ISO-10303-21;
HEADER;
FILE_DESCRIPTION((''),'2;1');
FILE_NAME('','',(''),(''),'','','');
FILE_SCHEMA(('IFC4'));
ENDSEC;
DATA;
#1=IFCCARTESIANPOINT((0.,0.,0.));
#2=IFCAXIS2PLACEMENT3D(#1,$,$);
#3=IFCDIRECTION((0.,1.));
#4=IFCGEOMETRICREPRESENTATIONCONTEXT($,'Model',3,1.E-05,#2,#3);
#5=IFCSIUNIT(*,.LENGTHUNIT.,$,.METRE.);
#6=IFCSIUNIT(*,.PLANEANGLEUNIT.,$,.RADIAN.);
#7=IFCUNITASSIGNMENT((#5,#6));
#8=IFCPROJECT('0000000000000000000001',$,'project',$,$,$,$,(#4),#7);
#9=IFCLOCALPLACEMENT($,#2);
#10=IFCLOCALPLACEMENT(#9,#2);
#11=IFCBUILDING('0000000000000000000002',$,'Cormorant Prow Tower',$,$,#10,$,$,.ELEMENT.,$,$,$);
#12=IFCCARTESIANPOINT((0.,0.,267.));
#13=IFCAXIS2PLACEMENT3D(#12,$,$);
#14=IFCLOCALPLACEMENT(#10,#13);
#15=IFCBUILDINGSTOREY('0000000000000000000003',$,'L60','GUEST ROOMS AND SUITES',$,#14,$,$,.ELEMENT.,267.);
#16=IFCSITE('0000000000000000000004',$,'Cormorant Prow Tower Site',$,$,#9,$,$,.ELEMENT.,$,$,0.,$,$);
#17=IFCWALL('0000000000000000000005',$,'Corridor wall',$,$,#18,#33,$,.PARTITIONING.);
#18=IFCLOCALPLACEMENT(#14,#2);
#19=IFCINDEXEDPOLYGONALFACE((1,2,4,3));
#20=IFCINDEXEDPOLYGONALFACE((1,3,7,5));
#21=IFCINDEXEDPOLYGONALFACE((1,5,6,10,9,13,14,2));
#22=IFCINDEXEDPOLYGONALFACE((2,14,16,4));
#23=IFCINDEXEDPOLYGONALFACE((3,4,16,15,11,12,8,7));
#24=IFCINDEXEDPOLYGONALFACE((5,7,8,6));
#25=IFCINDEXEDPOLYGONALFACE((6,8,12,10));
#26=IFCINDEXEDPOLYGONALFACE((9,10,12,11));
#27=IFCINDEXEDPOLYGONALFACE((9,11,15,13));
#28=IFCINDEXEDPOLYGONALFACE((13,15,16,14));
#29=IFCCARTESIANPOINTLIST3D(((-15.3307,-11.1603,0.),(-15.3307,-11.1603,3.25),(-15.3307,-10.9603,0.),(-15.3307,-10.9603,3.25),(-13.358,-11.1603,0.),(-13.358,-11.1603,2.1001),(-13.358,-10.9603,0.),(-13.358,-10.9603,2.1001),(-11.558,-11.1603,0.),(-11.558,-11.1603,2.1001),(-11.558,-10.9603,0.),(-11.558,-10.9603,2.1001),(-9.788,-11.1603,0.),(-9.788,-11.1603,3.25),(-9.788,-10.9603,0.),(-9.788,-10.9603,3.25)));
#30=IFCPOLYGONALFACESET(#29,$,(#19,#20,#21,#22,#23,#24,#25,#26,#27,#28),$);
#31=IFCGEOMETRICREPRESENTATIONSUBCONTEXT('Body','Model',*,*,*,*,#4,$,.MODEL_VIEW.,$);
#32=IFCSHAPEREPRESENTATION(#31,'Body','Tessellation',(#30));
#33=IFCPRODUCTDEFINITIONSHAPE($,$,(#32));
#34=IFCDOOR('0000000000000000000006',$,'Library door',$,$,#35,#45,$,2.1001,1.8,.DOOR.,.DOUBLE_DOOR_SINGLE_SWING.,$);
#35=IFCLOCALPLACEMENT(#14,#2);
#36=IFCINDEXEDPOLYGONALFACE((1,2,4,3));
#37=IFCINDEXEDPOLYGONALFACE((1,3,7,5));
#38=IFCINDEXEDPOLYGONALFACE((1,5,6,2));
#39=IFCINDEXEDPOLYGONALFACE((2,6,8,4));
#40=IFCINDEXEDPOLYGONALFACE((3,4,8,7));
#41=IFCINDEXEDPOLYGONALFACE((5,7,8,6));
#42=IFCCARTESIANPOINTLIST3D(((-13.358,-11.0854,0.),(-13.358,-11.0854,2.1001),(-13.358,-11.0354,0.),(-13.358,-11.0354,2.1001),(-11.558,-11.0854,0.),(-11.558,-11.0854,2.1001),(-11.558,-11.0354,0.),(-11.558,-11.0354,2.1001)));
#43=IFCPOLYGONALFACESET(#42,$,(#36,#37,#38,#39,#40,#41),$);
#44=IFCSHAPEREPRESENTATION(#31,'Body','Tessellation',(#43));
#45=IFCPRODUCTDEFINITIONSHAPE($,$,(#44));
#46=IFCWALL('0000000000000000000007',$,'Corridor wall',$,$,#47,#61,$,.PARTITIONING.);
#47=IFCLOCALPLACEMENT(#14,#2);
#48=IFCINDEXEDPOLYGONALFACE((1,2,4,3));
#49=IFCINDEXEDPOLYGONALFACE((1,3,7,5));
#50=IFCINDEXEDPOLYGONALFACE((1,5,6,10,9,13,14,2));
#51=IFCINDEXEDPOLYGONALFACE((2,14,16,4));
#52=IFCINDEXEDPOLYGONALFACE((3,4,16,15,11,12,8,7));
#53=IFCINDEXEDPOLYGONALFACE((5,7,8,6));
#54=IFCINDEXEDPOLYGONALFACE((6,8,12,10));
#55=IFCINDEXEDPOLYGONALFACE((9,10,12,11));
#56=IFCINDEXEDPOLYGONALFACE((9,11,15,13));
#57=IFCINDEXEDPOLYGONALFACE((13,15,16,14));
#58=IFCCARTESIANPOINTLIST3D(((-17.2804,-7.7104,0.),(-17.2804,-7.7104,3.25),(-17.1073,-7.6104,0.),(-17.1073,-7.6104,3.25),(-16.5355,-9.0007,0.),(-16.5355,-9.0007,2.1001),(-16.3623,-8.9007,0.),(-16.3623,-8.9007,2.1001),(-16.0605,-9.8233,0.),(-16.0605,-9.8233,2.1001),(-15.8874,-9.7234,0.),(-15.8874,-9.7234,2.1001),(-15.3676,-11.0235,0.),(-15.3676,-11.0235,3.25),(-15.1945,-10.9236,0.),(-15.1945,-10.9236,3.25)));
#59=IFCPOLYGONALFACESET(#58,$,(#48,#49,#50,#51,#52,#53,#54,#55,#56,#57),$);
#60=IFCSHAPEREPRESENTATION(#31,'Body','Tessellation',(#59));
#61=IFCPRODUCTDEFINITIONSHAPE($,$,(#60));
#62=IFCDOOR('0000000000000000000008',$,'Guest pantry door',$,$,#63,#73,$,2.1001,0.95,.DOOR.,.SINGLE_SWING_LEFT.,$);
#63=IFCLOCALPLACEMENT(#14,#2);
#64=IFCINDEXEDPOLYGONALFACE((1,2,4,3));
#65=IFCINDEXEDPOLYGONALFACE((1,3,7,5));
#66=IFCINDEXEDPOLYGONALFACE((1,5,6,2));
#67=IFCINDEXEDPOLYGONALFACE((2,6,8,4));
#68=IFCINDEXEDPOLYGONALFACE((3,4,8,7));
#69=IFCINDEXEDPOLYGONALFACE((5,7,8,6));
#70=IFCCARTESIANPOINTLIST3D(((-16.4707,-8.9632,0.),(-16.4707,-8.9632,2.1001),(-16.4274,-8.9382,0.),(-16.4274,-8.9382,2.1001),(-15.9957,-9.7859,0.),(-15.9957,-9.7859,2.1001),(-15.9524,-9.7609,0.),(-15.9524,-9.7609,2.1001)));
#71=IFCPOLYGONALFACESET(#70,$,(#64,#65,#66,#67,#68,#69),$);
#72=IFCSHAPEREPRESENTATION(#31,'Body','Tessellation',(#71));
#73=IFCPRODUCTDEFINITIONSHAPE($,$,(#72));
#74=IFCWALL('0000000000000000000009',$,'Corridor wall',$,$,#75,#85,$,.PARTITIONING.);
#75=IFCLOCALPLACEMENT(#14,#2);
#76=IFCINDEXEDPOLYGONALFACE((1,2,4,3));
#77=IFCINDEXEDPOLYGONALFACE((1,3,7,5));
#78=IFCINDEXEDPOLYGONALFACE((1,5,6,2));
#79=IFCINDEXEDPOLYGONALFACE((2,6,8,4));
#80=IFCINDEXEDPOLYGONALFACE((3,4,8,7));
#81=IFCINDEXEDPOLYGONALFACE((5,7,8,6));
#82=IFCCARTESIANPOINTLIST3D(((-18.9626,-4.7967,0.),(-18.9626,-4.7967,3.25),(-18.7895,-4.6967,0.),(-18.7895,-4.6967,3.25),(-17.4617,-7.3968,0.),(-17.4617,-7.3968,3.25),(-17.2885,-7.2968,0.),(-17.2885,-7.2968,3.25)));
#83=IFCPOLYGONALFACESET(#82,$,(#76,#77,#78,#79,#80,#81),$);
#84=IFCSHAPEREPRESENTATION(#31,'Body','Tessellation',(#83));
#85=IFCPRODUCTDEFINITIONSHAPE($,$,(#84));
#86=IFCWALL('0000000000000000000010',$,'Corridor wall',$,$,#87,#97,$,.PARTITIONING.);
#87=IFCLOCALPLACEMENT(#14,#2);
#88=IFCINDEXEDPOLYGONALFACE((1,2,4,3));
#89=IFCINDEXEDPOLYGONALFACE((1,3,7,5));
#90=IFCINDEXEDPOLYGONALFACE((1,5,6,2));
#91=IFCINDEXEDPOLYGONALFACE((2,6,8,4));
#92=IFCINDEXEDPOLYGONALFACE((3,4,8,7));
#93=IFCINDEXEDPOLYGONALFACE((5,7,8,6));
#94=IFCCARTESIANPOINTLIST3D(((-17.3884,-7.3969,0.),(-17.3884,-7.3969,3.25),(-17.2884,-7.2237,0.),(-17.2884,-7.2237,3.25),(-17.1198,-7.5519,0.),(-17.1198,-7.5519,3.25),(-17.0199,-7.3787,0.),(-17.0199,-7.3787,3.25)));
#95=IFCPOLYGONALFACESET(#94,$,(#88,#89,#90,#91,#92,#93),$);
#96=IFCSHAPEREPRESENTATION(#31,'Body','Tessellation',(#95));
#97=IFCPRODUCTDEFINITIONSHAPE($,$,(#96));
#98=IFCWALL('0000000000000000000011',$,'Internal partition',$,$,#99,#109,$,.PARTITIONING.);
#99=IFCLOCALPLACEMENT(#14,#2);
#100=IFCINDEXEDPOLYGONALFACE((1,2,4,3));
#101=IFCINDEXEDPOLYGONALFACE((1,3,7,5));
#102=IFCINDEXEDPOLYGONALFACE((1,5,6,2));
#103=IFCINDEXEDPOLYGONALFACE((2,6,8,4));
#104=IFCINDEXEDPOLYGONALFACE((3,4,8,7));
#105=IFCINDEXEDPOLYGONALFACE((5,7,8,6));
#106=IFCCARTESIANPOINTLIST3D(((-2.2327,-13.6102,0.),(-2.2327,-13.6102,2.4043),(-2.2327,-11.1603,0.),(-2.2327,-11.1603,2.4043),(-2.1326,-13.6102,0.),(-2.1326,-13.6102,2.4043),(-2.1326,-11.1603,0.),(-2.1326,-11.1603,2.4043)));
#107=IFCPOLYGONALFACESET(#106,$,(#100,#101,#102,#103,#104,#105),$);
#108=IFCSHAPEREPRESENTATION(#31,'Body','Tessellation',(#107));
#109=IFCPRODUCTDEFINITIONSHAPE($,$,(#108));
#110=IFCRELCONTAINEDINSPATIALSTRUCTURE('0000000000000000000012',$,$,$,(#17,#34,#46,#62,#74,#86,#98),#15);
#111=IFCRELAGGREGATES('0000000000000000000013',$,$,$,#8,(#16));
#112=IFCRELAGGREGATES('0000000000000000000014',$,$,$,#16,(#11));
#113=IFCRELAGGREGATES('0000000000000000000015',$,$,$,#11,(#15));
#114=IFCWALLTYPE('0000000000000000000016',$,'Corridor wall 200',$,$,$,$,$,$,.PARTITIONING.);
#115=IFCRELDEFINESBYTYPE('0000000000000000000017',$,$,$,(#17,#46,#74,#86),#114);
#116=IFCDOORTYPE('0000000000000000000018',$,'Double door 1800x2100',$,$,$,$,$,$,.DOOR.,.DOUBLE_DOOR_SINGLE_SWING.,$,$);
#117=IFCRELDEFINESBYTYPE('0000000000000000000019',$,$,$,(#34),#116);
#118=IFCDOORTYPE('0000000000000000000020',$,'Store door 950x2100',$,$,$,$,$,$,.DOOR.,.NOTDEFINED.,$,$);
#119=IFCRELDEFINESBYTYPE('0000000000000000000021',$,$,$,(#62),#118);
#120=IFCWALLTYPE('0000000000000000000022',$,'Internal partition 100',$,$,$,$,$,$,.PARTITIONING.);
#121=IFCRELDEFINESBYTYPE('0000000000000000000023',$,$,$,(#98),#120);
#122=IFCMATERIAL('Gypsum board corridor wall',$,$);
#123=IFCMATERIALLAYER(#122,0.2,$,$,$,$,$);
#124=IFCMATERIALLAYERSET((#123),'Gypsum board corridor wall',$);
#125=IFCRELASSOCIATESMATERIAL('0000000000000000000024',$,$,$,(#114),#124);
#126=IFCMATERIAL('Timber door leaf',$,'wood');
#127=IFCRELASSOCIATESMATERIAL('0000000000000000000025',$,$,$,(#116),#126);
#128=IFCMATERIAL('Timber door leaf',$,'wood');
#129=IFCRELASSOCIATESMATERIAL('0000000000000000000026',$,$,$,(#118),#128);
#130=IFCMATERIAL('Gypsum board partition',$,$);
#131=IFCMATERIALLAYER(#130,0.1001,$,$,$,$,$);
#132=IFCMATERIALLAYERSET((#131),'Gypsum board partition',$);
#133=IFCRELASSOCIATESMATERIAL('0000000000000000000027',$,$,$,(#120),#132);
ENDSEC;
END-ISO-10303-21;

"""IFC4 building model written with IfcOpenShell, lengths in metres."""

from ifc_helpers import new_model, si_unit, direction, frame, frame_2d, origin, place, context, subcontext, project, spatial, rectangle, extrude, material, layer, layer_set, type_object, element, fill, save


model = new_model("IFC4")

# Units and contexts
model_context = context("Model", 3, precision=1e-05, world=origin(), true_north=direction((0.0, 1.0)))
body_context = subcontext(model_context, "Body", "Model", "MODEL_VIEW")
ifc_project = project(units=[si_unit("LENGTHUNIT", "METRE"), si_unit("PLANEANGLEUNIT", "RADIAN")], contexts=[model_context])

# Site, building, storey
site_placement = place(None, origin())
site = spatial("IfcSite", under=ifc_project, at=site_placement, Name="Cormorant Prow Tower Site", CompositionType="ELEMENT", RefElevation=0.0)
building_placement = place(site_placement, origin())
building = spatial("IfcBuilding", under=site, at=building_placement, Name="Cormorant Prow Tower", CompositionType="ELEMENT")
storey_placement = place(building_placement, frame((0.0, 0.0, 267.0)))
storey = spatial("IfcBuildingStorey", under=building, at=storey_placement, Name="L60", Description="GUEST ROOMS AND SUITES", CompositionType="ELEMENT", Elevation=267.0)

# Shared definitions
ifc_material_1 = material(Name="Gypsum board corridor wall")
ifc_layer_1 = layer(ifc_material_1, 0.2)
ifc_layer_set_1 = layer_set([ifc_layer_1], Name="Gypsum board corridor wall")
wall_type_1 = type_object("IfcWallType", Name="Corridor wall 200", PredefinedType="PARTITIONING", material=ifc_layer_set_1)

# Walls, openings, doors
wall_1_placement = place(storey_placement, frame((-15.3308, -11.0603, 0.0), z_axis=(0.0, 0.0, 1.0), x_axis=(1.0, 0.0, 0.0)))
wall_1 = element("IfcWall", 1, at=wall_1_placement, inside=storey, type_object=wall_type_1, Name="Corridor wall", PredefinedType="PARTITIONING", context=body_context, shape_type="SweptSolid", body=[
    extrude(rectangle(XDim=5.5427, YDim=0.2, at=frame_2d((2.7715, 0.0))), origin(), (0.0, 0.0, 1.0), 3.25),
])
opening_1_placement = place(wall_1_placement, frame((1.9729, 0.0, 0.0)))
opening_1 = element("IfcOpeningElement", 2, at=opening_1_placement, cuts=wall_1, PredefinedType="OPENING", context=body_context, shape_type="SweptSolid", body=[
    extrude(rectangle(XDim=1.8, YDim=2.1001, at=frame_2d((0.8999, 1.05))), frame((0.0, 0.1099, 0.0), z_axis=(0.0, -1.0, 0.0), x_axis=(1.0, 0.0, 0.0)), (0.0, 0.0, 1.0), 0.22),
])
ifc_material_2 = material(Name="Timber door leaf", Category="wood")
door_type_1 = type_object("IfcDoorType", Name="Double door 1800x2100", OperationType="DOUBLE_DOOR_SINGLE_SWING", PredefinedType="DOOR", material=ifc_material_2)
door_1_placement = place(opening_1_placement, origin())
door_1 = element("IfcDoor", 3, at=door_1_placement, inside=storey, type_object=door_type_1, Name="Library door", OperationType="DOUBLE_DOOR_SINGLE_SWING", OverallHeight=2.1001, OverallWidth=1.8, PredefinedType="DOOR", context=body_context, shape_type="SweptSolid", body=[
    extrude(rectangle(XDim=1.8, YDim=2.1001, at=frame_2d((0.8999, 1.05))), frame((0.0, 0.0249, 0.0), z_axis=(0.0, -1.0, 0.0), x_axis=(1.0, 0.0, 0.0)), (0.0, 0.0, 1.0), 0.05),
])
fill(opening_1, door_1)
wall_2_placement = place(storey_placement, frame((-17.1938, -7.6604, 0.0), z_axis=(0.0, 0.0, 1.0), x_axis=(0.499989, -0.866031, 0.0)))
wall_2 = element("IfcWall", 4, at=wall_2_placement, inside=storey, type_object=wall_type_1, Name="Corridor wall", PredefinedType="PARTITIONING", context=body_context, shape_type="SweptSolid", body=[
    extrude(rectangle(XDim=3.8257, YDim=0.2, at=frame_2d((1.9128, 0.0))), origin(), (0.0, 0.0, 1.0), 3.25),
])
opening_2_placement = place(wall_2_placement, frame((1.4897, 0.0, 0.0)))
opening_2 = element("IfcOpeningElement", 5, at=opening_2_placement, cuts=wall_2, PredefinedType="OPENING", context=body_context, shape_type="SweptSolid", body=[
    extrude(rectangle(XDim=0.95, YDim=2.1001, at=frame_2d((0.4751, 1.05))), frame((0.0, 0.1099, 0.0), z_axis=(0.0, -1.0, 0.0), x_axis=(1.0, 0.0, 0.0)), (0.0, 0.0, 1.0), 0.22),
])
ifc_material_3 = material(Name="Timber door leaf", Category="wood")
door_type_2 = type_object("IfcDoorType", Name="Store door 950x2100", OperationType="NOTDEFINED", PredefinedType="DOOR", material=ifc_material_3)
door_2_placement = place(opening_2_placement, origin())
door_2 = element("IfcDoor", 6, at=door_2_placement, inside=storey, type_object=door_type_2, Name="Guest pantry door", OperationType="SINGLE_SWING_LEFT", OverallHeight=2.1001, OverallWidth=0.95, PredefinedType="DOOR", context=body_context, shape_type="SweptSolid", body=[
    extrude(rectangle(XDim=0.95, YDim=2.1001, at=frame_2d((0.4751, 1.05))), frame((0.0, 0.0249, 0.0), z_axis=(0.0, -1.0, 0.0), x_axis=(1.0, 0.0, 0.0)), (0.0, 0.0, 1.0), 0.05),
])
fill(opening_2, door_2)

# Walls
wall_3_placement = place(storey_placement, frame((-18.876, -4.7468, 0.0), z_axis=(0.0, 0.0, 1.0), x_axis=(0.499952, -0.866053, 0.0)))
element("IfcWall", 7, at=wall_3_placement, inside=storey, type_object=wall_type_1, Name="Corridor wall", PredefinedType="PARTITIONING", context=body_context, shape_type="SweptSolid", body=[
    extrude(rectangle(XDim=3.0022, YDim=0.2, at=frame_2d((1.501, 0.0))), origin(), (0.0, 0.0, 1.0), 3.25),
])
wall_4_placement = place(storey_placement, frame((-17.3384, -7.3103, 0.0), z_axis=(0.0, 0.0, 1.0), x_axis=(0.866054, -0.49995, 0.0)))
element("IfcWall", 8, at=wall_4_placement, inside=storey, type_object=wall_type_1, Name="Corridor wall", PredefinedType="PARTITIONING", context=body_context, shape_type="SweptSolid", body=[
    extrude(rectangle(XDim=0.3101, YDim=0.2, at=frame_2d((0.155, 0.0))), origin(), (0.0, 0.0, 1.0), 3.25),
])
ifc_material_4 = material(Name="Gypsum board partition")
ifc_layer_2 = layer(ifc_material_4, 0.1001)
ifc_layer_set_2 = layer_set([ifc_layer_2], Name="Gypsum board partition")
wall_type_2 = type_object("IfcWallType", Name="Internal partition 100", PredefinedType="PARTITIONING", material=ifc_layer_set_2)
wall_5_placement = place(storey_placement, frame((-2.1826, -13.6104, 0.0), z_axis=(0.0, 0.0, 1.0), x_axis=(0.0, 1.0, 0.0)))
element("IfcWall", 9, at=wall_5_placement, inside=storey, type_object=wall_type_2, Name="Internal partition", PredefinedType="PARTITIONING", context=body_context, shape_type="SweptSolid", body=[
    extrude(rectangle(XDim=2.45, YDim=0.1001, at=frame_2d((1.2251, 0.0))), origin(), (0.0, 0.0, 1.0), 2.4043),
])

save(model, "model.ifc")
